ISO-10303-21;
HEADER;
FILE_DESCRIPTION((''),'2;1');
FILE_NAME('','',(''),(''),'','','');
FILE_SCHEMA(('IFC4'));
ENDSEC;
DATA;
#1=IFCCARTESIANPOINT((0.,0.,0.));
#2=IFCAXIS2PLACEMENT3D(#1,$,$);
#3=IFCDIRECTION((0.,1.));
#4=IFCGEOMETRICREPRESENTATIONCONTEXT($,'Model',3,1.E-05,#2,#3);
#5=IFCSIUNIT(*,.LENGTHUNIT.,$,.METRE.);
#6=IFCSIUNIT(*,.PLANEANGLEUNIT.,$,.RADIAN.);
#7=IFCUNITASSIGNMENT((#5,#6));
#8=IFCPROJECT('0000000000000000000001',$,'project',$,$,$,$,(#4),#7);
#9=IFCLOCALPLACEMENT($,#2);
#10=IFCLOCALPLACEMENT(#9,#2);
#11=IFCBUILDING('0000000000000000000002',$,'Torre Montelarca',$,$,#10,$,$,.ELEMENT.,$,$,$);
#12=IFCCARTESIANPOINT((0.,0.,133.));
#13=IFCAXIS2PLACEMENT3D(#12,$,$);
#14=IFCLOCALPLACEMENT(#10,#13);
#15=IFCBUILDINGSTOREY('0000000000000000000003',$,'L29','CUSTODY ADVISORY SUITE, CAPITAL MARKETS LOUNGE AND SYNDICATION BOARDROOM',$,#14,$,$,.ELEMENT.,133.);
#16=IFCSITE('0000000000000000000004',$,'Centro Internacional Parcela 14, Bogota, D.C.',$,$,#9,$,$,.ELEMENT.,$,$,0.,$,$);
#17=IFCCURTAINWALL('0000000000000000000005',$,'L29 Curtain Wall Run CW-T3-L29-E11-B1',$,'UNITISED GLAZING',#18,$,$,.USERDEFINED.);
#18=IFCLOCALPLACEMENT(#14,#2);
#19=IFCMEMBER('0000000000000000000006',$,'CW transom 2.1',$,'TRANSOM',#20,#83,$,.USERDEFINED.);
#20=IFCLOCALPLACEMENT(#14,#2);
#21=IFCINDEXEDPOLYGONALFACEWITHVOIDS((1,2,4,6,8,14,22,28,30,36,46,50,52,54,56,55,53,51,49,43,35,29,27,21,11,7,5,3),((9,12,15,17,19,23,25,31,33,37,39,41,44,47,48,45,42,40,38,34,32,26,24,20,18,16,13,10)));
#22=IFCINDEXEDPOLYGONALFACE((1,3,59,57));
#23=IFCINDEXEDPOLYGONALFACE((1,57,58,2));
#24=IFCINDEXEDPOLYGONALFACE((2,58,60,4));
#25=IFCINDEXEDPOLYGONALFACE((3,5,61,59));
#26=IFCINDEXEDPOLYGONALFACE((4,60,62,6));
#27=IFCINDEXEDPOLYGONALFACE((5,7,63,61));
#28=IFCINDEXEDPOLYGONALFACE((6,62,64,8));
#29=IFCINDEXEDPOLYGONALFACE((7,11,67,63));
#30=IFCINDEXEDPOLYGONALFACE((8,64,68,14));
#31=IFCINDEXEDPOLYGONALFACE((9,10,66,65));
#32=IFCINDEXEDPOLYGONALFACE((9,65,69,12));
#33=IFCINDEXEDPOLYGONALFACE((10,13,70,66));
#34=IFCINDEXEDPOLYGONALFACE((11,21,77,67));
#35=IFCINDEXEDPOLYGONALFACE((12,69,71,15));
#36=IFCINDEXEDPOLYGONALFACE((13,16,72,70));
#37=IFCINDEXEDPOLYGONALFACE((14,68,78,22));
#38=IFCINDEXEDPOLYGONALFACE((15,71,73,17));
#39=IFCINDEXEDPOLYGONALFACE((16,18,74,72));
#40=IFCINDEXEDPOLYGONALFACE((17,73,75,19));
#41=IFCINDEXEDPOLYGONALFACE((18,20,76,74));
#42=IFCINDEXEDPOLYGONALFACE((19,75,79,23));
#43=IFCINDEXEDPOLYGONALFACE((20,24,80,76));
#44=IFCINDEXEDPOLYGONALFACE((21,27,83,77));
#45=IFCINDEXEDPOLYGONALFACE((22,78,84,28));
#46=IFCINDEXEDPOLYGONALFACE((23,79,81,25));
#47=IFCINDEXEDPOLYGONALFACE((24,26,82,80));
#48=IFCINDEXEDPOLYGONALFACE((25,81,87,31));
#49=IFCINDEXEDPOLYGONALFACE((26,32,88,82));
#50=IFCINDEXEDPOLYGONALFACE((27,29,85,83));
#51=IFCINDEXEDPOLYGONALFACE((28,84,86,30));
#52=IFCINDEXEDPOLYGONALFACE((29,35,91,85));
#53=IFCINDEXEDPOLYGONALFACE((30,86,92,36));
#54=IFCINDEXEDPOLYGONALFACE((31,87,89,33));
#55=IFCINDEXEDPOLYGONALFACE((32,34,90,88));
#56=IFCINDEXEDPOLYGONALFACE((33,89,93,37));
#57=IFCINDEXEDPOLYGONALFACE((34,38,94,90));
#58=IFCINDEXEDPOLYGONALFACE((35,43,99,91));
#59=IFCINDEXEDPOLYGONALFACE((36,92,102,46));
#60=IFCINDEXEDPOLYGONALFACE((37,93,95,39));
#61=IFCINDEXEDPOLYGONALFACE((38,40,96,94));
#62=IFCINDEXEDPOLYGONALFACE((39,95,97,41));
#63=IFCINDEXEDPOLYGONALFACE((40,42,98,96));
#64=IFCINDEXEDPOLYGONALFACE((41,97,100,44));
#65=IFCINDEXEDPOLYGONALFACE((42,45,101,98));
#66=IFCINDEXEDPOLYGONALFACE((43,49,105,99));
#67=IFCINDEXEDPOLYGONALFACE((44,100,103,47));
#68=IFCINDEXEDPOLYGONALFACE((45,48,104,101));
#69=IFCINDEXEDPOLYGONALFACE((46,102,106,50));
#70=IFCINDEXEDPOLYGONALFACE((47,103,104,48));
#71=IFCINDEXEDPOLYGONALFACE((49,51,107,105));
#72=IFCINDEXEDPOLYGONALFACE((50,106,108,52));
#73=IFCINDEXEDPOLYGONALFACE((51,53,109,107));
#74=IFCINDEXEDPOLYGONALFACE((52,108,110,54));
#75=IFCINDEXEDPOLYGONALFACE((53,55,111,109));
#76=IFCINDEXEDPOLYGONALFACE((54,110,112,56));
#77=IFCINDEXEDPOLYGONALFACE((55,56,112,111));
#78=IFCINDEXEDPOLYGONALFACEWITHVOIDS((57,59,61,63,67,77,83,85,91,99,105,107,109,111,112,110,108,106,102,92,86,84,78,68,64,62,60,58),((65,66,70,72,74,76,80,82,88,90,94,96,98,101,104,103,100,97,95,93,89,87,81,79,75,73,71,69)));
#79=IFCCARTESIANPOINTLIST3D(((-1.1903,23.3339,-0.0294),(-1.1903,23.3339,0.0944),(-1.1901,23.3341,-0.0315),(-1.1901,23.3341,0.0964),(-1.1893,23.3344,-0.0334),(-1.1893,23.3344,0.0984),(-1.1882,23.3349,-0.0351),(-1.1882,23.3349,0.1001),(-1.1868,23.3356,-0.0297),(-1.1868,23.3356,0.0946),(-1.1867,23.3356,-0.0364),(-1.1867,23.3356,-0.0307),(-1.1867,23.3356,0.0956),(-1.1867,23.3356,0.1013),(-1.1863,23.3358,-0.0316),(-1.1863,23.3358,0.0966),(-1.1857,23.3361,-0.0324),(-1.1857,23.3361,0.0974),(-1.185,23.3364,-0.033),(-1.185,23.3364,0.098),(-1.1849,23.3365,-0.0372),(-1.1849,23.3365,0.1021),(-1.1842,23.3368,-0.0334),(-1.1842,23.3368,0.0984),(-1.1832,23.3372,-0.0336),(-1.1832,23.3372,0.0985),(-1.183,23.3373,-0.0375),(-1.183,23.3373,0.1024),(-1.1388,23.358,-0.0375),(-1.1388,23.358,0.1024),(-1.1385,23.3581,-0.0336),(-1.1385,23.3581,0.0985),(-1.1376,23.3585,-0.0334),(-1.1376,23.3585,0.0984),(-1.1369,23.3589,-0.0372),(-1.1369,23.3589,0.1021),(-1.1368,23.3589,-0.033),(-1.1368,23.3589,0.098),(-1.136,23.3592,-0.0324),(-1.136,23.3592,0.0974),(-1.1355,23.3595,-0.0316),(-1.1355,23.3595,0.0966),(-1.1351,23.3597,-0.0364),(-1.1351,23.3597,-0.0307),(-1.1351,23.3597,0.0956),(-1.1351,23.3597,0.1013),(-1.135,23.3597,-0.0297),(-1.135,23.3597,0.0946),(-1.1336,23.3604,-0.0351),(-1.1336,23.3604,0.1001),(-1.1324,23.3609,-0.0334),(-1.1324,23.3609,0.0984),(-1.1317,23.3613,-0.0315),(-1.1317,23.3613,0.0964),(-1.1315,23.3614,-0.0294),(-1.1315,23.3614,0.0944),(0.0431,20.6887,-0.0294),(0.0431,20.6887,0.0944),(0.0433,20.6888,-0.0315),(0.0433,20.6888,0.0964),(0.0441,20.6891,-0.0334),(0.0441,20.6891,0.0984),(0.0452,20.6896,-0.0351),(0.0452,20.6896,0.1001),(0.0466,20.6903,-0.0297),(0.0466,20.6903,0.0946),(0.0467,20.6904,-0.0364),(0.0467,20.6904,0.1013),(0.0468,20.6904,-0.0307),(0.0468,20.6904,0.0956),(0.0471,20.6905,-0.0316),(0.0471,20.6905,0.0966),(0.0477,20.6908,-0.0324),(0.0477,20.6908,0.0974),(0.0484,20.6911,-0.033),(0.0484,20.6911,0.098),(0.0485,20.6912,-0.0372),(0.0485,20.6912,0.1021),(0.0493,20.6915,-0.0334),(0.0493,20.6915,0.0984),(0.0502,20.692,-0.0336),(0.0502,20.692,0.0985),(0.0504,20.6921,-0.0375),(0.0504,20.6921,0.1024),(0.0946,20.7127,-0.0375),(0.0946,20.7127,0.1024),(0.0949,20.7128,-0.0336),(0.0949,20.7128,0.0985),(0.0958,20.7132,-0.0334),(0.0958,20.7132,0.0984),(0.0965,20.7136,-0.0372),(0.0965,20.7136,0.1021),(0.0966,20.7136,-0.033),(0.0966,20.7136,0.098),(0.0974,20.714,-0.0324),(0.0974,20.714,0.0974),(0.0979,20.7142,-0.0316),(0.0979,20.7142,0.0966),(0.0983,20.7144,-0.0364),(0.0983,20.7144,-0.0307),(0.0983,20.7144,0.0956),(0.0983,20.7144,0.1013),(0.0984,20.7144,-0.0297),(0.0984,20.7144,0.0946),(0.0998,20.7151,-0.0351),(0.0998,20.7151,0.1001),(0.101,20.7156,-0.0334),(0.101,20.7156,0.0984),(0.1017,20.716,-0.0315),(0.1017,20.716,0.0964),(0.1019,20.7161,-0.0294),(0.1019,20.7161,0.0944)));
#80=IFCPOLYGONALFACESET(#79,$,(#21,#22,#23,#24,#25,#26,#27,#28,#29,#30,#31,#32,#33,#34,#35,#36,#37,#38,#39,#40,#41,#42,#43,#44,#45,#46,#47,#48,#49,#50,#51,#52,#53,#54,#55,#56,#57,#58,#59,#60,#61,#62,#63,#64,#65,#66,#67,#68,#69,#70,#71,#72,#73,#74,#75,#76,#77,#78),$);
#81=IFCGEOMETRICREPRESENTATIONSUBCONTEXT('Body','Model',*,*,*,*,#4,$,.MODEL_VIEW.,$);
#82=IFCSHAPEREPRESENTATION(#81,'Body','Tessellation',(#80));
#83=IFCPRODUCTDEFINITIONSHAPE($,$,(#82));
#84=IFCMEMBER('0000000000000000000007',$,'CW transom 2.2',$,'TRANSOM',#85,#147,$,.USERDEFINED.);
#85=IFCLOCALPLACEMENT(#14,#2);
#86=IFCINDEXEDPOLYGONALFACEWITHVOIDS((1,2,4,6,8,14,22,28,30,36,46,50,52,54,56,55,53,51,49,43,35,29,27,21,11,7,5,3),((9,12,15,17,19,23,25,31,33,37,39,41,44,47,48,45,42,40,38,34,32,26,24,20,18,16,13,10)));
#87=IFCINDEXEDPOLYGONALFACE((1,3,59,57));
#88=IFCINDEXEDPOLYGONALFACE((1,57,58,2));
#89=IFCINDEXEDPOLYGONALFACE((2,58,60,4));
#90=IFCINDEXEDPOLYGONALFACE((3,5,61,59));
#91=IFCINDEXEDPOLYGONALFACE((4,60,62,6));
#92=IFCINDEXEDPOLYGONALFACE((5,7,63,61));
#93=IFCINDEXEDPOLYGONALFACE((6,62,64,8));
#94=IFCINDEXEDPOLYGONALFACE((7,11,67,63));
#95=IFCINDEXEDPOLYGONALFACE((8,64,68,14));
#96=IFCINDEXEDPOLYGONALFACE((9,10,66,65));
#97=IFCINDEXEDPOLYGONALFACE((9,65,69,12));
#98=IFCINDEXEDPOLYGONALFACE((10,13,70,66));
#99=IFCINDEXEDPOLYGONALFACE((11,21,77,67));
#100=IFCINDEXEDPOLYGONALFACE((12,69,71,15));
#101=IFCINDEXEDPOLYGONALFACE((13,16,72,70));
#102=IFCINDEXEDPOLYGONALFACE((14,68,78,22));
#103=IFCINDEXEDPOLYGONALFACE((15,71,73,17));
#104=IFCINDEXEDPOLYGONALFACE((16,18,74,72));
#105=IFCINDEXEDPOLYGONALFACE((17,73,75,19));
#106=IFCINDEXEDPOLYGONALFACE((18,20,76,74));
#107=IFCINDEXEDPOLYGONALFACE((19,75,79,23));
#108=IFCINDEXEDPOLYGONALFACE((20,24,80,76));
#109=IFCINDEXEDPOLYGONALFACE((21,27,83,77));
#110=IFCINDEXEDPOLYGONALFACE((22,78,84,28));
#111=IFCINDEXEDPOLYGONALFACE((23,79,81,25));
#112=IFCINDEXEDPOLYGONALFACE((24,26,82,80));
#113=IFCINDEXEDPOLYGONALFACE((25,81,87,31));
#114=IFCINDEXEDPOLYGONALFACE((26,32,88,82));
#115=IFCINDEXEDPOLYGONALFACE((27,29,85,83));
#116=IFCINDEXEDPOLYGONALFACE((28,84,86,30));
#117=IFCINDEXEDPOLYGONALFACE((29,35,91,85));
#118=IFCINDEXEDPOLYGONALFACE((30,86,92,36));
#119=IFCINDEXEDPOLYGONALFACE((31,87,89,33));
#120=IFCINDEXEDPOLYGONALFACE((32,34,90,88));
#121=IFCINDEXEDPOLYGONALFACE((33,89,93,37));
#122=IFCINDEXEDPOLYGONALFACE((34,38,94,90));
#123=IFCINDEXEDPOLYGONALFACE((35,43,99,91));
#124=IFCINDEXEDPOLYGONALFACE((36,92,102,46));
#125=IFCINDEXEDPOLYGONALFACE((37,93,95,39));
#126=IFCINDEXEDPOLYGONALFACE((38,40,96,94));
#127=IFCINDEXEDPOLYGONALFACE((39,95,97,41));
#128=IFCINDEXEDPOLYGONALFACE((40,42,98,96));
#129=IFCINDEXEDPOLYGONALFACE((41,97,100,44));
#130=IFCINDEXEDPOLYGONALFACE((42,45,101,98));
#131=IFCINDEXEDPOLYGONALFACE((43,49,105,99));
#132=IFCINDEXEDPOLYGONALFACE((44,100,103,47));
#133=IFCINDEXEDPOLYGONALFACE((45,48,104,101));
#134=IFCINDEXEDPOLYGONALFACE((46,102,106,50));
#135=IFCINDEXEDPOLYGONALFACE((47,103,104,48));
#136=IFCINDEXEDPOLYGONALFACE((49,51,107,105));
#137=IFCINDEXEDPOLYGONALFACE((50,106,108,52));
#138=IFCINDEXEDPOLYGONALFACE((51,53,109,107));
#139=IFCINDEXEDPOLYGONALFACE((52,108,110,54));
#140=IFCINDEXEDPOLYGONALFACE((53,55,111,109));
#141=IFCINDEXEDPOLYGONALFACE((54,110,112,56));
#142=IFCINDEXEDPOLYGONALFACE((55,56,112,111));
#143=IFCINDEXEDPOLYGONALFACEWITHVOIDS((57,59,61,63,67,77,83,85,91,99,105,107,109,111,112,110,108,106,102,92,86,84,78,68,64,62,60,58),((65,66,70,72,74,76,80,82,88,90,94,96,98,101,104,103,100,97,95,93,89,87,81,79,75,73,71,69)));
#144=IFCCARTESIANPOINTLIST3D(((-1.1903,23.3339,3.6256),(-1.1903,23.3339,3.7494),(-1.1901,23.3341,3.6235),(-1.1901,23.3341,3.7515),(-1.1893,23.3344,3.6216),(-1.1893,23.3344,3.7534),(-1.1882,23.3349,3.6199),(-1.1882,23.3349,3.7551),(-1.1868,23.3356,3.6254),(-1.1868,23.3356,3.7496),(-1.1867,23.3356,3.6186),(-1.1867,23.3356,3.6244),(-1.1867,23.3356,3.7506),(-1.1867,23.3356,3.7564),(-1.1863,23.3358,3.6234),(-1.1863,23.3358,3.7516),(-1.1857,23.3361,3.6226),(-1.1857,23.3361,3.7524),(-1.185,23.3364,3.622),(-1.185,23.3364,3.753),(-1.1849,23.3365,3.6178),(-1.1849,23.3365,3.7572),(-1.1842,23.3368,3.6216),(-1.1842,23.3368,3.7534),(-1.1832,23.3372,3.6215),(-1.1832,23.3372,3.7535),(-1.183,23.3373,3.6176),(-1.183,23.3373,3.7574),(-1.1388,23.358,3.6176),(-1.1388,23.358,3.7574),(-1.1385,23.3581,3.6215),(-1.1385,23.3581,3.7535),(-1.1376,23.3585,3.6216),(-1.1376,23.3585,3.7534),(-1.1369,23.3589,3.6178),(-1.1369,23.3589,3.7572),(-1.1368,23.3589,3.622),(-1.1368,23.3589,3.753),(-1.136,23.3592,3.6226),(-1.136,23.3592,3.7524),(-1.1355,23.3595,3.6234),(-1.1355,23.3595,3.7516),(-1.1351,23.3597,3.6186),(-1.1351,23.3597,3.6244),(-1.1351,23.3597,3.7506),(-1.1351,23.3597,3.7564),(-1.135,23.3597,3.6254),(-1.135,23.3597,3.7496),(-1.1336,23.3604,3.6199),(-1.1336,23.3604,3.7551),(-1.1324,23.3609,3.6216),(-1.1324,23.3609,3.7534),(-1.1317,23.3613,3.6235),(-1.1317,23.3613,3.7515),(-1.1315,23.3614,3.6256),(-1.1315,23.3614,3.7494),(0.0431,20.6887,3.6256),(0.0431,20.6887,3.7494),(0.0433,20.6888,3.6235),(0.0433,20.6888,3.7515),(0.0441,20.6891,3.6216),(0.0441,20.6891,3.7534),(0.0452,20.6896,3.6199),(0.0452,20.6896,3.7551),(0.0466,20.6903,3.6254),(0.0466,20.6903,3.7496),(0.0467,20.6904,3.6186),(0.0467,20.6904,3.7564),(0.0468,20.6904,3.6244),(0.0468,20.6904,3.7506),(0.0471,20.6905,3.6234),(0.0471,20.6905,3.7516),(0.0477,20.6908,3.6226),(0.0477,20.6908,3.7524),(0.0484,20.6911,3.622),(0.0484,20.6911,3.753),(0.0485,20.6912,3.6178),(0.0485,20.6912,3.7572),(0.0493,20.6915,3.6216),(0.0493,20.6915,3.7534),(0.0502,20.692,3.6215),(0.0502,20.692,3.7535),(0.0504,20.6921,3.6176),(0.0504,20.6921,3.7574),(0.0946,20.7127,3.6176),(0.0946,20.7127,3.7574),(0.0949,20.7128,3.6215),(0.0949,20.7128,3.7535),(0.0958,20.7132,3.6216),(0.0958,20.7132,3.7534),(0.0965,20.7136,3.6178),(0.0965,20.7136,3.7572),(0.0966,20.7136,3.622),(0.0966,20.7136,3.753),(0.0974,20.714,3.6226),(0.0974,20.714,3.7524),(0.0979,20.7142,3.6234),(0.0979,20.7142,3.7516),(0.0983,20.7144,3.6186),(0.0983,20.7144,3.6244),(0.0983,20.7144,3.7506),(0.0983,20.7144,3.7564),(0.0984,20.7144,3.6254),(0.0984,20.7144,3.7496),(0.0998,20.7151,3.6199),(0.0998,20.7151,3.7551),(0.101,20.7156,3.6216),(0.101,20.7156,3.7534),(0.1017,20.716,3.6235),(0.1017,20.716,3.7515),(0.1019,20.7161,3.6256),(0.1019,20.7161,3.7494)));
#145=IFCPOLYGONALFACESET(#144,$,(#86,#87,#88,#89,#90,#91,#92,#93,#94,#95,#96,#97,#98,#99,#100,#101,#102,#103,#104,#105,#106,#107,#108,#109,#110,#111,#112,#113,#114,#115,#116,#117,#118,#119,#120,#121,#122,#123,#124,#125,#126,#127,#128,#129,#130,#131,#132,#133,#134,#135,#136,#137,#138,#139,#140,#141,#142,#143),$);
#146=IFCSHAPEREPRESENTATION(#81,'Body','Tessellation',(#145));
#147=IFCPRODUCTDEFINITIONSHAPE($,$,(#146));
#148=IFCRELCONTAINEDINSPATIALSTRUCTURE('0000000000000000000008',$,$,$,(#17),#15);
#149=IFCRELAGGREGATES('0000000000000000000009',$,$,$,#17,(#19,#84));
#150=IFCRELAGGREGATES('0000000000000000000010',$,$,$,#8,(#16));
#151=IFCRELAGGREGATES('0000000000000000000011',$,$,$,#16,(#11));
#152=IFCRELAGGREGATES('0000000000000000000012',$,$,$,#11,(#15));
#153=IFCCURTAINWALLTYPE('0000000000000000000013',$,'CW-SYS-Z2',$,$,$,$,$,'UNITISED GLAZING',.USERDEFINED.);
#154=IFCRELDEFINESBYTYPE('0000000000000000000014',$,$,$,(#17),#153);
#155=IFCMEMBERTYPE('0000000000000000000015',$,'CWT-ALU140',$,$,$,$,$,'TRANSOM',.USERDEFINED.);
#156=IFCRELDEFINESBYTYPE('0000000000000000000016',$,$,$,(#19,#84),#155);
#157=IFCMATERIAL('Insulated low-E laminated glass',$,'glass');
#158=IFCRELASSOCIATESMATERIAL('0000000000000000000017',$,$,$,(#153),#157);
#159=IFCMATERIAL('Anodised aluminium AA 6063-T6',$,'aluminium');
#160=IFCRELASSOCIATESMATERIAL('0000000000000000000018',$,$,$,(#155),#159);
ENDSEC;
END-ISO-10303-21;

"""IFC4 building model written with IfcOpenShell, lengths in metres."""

from ifc_helpers import new_model, si_unit, direction, frame, origin, origin_2d, place, context, subcontext, project, spatial, hollow_rectangle, extrude, source, transform, mapped, material, material_profile, profile_set, type_object, element, aggregate, save


model = new_model("IFC4")

# Units and contexts
model_context = context("Model", 3, precision=1e-05, world=origin(), true_north=direction((0.0, 1.0)))
body_context = subcontext(model_context, "Body", "Model", "MODEL_VIEW")
ifc_project = project(units=[si_unit("LENGTHUNIT", "METRE"), si_unit("PLANEANGLEUNIT", "RADIAN")], contexts=[model_context])

# Site, building, storey
site_placement = place(None, origin())
site = spatial("IfcSite", under=ifc_project, at=site_placement, Name="Centro Internacional Parcela 14, Bogota, D.C.", CompositionType="ELEMENT", RefElevation=0.0)
building_placement = place(site_placement, origin())
building = spatial("IfcBuilding", under=site, at=building_placement, Name="Torre Montelarca", CompositionType="ELEMENT")
storey_placement = place(building_placement, frame((0.0, 0.0, 133.0)))
storey = spatial("IfcBuildingStorey", under=building, at=storey_placement, Name="L29", Description="CUSTODY ADVISORY SUITE, CAPITAL MARKETS LOUNGE AND SYNDICATION BOARDROOM", CompositionType="ELEMENT", Elevation=133.0)

# Curtain wall, members
ifc_material_1 = material(Name="Insulated low-E laminated glass", Category="glass")
curtain_wall_type = type_object("IfcCurtainWallType", Name="CW-SYS-Z2", ElementType="UNITISED GLAZING", PredefinedType="USERDEFINED", material=ifc_material_1)
curtain_wall_1_placement = place(storey_placement, origin())
curtain_wall_1 = element("IfcCurtainWall", 1, at=curtain_wall_1_placement, inside=storey, type_object=curtain_wall_type, Name="L29 Curtain Wall Run CW-T3-L29-E11-B1", ObjectType="UNITISED GLAZING", PredefinedType="USERDEFINED")
ifc_material_2 = material(Name="Anodised aluminium AA 6063-T6", Category="aluminium")
ifc_material_profile_1 = material_profile(ifc_material_2, hollow_rectangle(XDim=0.0649, YDim=0.1399, WallThickness=0.0039, InnerFilletRadius=0.0039, OuterFilletRadius=0.0081, at=origin_2d()), Name="ALU65X140X4", Category="aluminium")
ifc_profile_set_1 = profile_set([ifc_material_profile_1], Name="Anodised aluminium AA 6063-T6")
member_type_1 = type_object("IfcMemberType", Name="CWT-ALU140", ElementType="TRANSOM", PredefinedType="USERDEFINED", material=ifc_profile_set_1)
shared_shape_1 = source(origin(), body_context, "Body", "SweptSolid", [
    extrude(hollow_rectangle(XDim=0.0649, YDim=0.1399, WallThickness=0.0039, InnerFilletRadius=0.0039, OuterFilletRadius=0.0081, at=origin_2d()), origin(), (0.0, 0.0, 1.0), 2.9187),
])
member_1_placement = place(storey_placement, frame((-1.1609, 23.3477, 0.0325), z_axis=(0.422588, -0.906322, 0.0), x_axis=(0.906322, 0.422588, 0.0)))
member_1 = element("IfcMember", 2, at=member_1_placement, type_object=member_type_1, Name="CW transom 2.1", ObjectType="TRANSOM", PredefinedType="USERDEFINED", context=body_context, shape_type="MappedRepresentation", body=[
    mapped(shared_shape_1, transform((0.0, 0.0, 0.0), scale=1.0)),
])
member_2_placement = place(storey_placement, frame((-1.1609, 23.3477, 3.6875), z_axis=(0.422588, -0.906322, 0.0), x_axis=(0.906322, 0.422588, 0.0)))
member_2 = element("IfcMember", 3, at=member_2_placement, type_object=member_type_1, Name="CW transom 2.2", ObjectType="TRANSOM", PredefinedType="USERDEFINED", context=body_context, shape_type="MappedRepresentation", body=[
    mapped(shared_shape_1, transform((0.0, 0.0, 0.0), scale=1.0)),
])

aggregate(curtain_wall_1, [member_1, member_2])

save(model, "model.ifc")
